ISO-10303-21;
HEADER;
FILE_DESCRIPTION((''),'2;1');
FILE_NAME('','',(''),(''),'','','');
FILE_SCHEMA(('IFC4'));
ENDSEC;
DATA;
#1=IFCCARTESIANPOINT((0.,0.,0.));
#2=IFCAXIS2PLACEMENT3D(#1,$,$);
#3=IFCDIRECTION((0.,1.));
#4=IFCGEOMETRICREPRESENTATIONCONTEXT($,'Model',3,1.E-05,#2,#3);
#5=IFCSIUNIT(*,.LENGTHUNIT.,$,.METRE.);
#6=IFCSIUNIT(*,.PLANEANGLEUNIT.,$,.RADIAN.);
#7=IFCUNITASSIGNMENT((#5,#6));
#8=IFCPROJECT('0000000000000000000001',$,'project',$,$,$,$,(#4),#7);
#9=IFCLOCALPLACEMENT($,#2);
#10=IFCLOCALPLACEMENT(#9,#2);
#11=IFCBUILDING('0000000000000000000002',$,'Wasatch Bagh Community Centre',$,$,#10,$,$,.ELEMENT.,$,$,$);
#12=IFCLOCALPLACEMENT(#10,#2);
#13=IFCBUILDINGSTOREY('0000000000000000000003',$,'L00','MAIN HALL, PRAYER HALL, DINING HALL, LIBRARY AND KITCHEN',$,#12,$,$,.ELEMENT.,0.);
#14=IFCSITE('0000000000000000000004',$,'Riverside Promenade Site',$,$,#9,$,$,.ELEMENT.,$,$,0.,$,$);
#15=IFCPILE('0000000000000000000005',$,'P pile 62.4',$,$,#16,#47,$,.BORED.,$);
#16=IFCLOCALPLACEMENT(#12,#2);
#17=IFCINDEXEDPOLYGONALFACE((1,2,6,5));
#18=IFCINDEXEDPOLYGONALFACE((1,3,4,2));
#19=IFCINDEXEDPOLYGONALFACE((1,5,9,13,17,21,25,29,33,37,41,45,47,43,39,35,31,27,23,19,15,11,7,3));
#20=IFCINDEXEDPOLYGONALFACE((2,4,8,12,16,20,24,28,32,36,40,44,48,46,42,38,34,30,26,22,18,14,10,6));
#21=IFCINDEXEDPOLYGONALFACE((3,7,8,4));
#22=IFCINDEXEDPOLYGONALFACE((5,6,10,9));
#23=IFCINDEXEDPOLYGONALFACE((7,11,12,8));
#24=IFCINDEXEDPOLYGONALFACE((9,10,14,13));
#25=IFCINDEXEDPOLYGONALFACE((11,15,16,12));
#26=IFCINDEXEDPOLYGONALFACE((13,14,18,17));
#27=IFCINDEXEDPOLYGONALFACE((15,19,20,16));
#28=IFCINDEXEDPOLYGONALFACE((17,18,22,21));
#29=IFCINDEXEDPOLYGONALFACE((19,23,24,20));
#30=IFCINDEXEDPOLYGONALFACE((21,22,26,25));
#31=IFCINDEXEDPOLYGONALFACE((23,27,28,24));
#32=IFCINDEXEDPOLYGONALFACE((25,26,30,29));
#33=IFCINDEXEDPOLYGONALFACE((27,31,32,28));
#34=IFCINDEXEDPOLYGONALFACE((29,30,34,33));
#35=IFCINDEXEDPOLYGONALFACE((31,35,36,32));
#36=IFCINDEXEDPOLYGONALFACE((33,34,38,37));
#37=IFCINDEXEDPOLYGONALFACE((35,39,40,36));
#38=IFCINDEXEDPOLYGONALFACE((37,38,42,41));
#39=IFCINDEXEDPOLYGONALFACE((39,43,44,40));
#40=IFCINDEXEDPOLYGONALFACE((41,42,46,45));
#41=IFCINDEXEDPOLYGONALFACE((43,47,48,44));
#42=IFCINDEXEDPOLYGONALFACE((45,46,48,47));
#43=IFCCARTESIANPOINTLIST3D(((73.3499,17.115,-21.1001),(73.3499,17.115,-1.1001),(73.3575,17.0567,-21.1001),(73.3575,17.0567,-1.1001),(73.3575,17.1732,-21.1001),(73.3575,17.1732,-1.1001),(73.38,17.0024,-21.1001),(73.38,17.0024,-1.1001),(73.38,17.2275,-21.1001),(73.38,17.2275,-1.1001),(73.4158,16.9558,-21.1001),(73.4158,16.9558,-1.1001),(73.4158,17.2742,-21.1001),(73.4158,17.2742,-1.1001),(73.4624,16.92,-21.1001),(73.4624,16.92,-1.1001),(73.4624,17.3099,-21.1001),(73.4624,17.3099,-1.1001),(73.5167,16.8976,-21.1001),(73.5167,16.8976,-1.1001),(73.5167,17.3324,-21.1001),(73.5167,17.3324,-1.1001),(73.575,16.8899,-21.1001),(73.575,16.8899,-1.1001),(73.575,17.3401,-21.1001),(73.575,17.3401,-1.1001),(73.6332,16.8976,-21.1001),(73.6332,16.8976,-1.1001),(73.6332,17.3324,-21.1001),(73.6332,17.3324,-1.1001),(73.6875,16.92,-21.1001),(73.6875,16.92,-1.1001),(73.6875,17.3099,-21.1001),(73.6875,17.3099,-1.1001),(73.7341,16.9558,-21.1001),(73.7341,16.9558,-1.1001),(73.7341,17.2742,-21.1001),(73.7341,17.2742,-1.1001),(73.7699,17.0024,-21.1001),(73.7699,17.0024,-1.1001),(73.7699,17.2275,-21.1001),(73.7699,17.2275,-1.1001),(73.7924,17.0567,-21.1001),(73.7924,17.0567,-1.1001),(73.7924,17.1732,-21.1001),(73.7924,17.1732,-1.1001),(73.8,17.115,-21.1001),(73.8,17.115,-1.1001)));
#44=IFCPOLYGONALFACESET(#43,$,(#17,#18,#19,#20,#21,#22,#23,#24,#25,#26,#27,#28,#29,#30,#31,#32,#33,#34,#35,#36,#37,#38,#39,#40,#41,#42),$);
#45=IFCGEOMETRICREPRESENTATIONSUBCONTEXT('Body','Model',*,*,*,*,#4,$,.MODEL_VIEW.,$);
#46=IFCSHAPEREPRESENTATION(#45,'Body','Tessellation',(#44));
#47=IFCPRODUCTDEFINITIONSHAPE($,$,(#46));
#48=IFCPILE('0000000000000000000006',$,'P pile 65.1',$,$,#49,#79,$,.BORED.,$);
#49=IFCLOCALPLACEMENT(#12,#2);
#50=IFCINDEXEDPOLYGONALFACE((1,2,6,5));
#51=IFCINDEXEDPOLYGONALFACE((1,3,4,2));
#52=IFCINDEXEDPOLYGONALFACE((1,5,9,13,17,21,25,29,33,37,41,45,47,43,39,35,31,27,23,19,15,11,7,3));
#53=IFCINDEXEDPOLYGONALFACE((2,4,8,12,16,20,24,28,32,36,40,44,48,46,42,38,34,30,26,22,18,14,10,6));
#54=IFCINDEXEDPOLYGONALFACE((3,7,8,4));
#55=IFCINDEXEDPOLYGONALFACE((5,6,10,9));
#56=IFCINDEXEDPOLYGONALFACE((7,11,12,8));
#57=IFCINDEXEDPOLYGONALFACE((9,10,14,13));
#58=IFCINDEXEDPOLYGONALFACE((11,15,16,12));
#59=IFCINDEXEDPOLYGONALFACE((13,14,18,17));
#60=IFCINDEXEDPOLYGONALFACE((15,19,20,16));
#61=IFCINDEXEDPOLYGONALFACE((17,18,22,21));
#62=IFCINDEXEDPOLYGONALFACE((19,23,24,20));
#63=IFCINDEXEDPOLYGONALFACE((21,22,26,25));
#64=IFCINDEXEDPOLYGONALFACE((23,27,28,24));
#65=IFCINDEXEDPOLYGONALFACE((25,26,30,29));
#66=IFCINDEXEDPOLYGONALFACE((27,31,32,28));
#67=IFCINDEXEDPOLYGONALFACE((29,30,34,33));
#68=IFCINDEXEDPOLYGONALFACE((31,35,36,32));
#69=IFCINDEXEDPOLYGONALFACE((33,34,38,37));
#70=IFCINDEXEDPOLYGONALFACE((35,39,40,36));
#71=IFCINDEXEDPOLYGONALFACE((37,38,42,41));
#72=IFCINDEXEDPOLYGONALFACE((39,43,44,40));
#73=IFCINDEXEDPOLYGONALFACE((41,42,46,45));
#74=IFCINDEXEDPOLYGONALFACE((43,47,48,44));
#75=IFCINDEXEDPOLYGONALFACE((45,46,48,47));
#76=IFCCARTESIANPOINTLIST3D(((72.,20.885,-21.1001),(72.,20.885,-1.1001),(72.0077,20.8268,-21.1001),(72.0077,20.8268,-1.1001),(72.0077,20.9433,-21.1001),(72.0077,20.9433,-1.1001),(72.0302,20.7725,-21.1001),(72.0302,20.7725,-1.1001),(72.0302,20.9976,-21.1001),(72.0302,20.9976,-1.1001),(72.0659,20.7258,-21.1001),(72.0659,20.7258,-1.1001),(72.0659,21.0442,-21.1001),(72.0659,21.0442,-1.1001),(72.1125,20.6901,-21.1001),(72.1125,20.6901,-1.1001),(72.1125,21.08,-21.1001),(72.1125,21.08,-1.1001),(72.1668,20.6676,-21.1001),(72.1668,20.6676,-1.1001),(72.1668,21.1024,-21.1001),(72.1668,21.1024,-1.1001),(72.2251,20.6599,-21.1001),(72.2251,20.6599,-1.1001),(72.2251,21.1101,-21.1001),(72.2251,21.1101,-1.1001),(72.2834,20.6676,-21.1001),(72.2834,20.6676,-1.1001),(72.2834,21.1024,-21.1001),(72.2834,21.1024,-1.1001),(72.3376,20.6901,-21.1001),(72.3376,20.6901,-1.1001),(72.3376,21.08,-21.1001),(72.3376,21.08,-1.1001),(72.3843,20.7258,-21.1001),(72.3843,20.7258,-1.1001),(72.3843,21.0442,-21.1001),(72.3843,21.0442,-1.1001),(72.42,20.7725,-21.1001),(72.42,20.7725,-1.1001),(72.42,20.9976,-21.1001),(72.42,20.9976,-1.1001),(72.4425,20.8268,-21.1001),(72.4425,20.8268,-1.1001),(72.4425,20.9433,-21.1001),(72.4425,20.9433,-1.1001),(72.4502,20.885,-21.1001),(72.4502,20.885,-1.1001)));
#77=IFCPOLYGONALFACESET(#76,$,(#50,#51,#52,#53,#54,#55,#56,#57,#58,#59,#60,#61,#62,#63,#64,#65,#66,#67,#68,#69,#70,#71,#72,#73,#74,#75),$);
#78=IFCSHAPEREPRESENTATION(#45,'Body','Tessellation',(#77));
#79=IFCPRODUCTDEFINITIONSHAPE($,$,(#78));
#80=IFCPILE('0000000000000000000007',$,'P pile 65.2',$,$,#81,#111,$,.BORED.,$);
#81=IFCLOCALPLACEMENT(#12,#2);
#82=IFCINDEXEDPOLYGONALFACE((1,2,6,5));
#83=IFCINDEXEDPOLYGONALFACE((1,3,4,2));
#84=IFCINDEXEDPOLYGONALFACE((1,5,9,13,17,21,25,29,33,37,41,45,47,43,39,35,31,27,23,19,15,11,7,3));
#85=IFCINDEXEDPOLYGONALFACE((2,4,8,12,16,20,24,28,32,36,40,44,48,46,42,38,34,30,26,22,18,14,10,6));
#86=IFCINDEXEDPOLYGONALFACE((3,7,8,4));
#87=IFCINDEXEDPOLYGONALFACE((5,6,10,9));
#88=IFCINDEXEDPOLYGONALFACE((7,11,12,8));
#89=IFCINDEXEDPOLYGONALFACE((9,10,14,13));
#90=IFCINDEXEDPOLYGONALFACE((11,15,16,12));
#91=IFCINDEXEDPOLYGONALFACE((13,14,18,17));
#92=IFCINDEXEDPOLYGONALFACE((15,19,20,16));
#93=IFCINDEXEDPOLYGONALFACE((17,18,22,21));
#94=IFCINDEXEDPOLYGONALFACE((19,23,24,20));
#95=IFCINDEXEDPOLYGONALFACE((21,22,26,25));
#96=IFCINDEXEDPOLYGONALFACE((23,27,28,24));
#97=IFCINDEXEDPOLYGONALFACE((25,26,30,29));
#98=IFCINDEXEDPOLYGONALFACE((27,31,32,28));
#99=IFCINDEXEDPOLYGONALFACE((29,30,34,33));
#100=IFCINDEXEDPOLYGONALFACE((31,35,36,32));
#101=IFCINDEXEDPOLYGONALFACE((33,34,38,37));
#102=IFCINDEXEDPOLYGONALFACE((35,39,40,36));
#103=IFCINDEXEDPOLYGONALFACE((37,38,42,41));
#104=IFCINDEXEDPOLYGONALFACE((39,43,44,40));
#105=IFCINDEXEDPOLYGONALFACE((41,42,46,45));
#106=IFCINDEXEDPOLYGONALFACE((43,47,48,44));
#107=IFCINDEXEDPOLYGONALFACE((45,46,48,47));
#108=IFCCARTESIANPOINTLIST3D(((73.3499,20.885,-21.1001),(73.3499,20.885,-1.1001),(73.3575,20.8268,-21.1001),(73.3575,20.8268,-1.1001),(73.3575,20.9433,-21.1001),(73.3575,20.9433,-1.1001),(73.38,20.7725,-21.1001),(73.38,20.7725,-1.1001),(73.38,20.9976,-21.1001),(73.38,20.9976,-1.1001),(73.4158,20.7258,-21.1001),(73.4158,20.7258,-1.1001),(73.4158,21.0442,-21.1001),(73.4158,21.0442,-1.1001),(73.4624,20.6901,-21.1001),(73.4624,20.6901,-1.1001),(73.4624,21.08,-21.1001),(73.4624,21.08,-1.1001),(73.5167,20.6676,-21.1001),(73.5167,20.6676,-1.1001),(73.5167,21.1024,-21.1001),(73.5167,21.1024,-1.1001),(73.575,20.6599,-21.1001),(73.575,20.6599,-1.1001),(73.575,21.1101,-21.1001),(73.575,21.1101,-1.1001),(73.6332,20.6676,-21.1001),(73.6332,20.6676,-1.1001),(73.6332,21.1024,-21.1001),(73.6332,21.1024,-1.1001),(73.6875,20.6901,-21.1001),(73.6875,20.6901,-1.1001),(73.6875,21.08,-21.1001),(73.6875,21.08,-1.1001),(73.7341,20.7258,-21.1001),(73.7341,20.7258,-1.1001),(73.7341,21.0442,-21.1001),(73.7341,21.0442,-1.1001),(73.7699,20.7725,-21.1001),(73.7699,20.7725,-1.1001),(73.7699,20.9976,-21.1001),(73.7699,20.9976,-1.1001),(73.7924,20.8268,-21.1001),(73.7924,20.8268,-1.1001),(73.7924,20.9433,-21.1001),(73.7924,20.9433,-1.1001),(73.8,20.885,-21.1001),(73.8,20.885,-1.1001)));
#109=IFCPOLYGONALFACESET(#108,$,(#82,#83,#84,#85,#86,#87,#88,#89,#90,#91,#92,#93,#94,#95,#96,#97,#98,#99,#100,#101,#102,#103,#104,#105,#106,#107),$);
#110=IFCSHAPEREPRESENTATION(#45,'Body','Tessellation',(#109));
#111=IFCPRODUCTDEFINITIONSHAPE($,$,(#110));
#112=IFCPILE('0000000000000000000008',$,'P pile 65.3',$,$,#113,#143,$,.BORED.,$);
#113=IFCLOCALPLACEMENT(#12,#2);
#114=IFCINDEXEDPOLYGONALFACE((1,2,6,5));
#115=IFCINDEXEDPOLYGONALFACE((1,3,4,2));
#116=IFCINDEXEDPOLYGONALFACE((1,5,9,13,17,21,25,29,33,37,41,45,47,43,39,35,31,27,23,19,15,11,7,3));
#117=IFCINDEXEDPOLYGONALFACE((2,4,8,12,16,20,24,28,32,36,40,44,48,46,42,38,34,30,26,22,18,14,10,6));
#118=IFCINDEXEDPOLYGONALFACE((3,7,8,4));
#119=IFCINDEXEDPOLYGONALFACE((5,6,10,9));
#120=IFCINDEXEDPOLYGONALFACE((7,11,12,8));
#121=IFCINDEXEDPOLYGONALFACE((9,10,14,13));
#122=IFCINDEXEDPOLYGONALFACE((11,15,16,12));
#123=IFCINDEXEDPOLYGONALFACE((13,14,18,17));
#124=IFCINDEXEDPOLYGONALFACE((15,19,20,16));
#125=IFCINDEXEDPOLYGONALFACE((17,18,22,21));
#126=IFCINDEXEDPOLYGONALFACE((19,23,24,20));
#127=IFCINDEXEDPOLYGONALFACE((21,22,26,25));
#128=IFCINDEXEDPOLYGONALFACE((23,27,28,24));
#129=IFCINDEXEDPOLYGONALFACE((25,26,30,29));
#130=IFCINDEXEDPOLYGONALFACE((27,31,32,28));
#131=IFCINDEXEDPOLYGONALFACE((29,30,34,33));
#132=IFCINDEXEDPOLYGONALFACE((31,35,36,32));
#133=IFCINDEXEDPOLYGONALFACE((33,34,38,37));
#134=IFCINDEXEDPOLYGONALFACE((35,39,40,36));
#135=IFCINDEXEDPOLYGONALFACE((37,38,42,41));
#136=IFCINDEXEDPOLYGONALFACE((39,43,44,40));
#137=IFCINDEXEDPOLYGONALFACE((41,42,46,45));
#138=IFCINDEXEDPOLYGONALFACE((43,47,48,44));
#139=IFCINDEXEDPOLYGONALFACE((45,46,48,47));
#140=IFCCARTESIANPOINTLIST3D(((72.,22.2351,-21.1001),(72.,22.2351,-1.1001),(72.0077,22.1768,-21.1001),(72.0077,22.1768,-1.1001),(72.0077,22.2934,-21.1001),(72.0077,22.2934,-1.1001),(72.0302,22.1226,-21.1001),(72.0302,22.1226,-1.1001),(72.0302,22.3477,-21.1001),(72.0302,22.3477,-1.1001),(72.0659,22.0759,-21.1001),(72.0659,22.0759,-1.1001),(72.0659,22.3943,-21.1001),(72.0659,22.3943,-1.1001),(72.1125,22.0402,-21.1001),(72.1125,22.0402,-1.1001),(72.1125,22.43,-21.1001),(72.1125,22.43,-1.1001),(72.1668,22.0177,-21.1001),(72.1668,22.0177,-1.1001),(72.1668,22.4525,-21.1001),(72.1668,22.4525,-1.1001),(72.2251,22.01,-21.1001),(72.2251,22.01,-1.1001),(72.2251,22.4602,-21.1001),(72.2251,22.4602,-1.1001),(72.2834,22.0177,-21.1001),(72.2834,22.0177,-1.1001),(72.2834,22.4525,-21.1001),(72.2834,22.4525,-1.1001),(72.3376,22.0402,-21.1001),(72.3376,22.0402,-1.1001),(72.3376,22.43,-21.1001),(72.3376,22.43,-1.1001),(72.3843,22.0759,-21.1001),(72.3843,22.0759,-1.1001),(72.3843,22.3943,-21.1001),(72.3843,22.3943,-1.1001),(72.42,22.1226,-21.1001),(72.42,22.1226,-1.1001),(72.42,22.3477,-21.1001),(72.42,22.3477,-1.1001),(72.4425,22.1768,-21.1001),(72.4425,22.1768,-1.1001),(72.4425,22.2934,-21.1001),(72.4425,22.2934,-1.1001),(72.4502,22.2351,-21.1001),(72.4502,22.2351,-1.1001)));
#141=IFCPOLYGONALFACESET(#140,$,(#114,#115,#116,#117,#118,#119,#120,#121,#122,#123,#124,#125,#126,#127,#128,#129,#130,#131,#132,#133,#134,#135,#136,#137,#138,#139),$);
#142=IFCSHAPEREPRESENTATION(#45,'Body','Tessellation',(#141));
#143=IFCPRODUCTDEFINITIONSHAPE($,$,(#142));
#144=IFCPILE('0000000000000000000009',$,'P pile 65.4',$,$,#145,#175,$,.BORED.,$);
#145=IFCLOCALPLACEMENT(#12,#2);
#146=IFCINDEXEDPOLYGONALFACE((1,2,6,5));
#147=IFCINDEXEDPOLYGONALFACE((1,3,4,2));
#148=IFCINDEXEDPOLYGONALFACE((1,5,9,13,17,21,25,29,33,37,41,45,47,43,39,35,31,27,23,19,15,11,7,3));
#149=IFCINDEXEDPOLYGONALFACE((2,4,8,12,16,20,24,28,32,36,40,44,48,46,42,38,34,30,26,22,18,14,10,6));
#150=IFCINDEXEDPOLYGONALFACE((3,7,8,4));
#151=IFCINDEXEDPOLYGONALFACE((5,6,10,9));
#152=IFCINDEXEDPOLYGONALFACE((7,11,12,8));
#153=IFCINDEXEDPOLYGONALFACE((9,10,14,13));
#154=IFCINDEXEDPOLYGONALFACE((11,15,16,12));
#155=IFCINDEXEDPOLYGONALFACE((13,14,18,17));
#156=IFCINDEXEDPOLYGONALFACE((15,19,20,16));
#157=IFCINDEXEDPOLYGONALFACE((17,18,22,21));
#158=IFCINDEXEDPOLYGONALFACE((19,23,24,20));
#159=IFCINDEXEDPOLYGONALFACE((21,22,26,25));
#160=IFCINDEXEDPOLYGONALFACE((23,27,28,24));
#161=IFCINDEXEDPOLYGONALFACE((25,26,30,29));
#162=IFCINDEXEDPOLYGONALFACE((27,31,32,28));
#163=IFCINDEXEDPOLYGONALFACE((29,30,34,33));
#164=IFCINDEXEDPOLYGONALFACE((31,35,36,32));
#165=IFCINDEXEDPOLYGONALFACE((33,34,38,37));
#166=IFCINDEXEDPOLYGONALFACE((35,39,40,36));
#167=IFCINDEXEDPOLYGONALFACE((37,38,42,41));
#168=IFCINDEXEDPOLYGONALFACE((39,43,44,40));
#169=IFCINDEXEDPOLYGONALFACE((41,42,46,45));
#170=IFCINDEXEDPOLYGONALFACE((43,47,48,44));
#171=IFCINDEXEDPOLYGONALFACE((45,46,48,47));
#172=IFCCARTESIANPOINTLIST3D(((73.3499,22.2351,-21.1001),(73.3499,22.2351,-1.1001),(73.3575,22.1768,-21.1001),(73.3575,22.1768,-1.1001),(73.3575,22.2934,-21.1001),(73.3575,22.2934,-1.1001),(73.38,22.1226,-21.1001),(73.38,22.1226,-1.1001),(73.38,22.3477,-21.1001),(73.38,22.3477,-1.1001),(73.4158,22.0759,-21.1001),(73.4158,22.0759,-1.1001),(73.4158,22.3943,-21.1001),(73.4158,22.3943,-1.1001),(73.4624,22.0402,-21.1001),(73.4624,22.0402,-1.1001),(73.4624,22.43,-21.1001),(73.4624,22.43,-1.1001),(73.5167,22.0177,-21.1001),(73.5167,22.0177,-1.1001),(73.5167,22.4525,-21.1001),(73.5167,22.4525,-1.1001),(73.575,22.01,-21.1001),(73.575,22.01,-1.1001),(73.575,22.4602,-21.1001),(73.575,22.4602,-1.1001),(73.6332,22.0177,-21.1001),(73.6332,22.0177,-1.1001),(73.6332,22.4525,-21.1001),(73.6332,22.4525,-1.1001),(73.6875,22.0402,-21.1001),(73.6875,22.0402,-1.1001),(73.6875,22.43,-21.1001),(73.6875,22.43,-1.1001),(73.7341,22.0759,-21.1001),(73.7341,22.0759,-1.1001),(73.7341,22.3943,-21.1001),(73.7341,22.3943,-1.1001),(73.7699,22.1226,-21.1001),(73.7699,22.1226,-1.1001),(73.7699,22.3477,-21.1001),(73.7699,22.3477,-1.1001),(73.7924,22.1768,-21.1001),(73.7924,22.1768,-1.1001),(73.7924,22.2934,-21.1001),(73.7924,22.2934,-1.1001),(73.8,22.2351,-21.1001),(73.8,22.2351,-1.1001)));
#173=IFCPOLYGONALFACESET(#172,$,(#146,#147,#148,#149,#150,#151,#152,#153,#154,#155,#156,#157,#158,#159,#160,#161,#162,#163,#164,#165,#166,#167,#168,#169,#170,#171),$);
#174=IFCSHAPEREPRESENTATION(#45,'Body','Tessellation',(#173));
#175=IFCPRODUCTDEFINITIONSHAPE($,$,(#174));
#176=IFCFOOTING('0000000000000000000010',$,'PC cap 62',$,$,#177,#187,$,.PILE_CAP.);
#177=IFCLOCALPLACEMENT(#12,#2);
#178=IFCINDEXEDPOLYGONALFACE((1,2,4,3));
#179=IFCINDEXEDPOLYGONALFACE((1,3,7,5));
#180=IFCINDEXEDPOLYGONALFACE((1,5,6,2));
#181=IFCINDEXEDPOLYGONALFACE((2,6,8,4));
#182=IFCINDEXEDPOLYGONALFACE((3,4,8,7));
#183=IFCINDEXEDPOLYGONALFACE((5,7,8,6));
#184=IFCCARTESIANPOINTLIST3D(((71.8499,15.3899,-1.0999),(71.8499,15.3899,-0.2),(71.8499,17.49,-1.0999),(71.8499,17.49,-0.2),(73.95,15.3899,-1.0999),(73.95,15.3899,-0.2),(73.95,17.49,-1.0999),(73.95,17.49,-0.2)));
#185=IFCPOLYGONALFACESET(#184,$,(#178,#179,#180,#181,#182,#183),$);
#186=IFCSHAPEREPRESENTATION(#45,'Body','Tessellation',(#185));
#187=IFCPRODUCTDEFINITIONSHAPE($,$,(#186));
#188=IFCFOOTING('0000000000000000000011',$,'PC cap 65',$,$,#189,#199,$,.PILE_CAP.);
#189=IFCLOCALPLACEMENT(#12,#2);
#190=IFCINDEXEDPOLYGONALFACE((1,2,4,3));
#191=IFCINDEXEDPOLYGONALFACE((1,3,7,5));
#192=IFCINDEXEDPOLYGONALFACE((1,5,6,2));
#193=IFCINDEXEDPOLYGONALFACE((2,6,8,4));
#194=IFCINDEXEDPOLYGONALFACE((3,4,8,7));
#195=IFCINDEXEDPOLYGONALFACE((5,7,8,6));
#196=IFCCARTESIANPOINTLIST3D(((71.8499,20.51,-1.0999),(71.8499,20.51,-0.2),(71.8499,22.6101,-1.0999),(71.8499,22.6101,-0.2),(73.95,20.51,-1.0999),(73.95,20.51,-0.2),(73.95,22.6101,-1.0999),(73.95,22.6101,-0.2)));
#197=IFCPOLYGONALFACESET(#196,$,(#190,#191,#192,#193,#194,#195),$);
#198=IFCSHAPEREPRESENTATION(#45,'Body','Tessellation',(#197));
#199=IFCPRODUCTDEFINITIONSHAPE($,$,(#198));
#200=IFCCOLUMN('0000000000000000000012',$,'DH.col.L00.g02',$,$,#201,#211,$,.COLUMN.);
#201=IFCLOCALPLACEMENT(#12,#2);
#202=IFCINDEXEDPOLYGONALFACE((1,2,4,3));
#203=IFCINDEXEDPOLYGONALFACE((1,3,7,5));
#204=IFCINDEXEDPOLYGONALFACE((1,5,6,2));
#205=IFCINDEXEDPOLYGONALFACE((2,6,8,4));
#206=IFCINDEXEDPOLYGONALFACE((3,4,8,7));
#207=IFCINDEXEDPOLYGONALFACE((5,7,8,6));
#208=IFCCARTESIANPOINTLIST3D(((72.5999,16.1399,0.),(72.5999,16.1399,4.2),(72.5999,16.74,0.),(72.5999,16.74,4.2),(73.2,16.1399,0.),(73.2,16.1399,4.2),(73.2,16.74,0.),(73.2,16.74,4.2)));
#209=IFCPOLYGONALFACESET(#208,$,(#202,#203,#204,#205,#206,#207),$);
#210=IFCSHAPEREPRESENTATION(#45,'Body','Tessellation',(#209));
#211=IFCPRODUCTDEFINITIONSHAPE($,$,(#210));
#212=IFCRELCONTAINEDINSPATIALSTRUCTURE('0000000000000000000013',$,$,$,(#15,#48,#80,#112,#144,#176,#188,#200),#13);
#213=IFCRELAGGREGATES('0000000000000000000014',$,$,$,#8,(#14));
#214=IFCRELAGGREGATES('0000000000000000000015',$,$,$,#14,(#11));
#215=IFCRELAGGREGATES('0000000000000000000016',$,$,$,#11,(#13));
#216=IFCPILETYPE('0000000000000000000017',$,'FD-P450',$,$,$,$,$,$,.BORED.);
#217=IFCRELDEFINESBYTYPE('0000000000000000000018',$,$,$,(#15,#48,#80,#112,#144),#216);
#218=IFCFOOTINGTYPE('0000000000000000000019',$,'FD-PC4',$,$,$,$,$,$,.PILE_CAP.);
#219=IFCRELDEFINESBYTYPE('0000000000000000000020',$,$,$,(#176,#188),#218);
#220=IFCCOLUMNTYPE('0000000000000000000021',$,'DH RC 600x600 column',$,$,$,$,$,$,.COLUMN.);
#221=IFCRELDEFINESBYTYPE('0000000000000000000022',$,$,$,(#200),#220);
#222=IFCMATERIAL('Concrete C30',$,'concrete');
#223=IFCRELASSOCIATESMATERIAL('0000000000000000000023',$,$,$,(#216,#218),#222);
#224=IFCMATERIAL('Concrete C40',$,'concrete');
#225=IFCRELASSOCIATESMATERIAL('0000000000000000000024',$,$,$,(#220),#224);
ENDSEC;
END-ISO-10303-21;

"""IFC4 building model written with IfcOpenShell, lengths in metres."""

from ifc_helpers import new_model, si_unit, direction, frame, origin, origin_2d, place, context, subcontext, project, spatial, rectangle, circle, extrude, material, material_profile, profile_set, type_object, element, save


model = new_model("IFC4")

# Units and contexts
model_context = context("Model", 3, precision=1e-05, world=origin(), true_north=direction((0.0, 1.0)))
body_context = subcontext(model_context, "Body", "Model", "MODEL_VIEW")
ifc_project = project(units=[si_unit("LENGTHUNIT", "METRE"), si_unit("PLANEANGLEUNIT", "RADIAN")], contexts=[model_context])

# Site, building, storey
site_placement = place(None, origin())
site = spatial("IfcSite", under=ifc_project, at=site_placement, Name="Riverside Promenade Site", CompositionType="ELEMENT", RefElevation=0.0)
building_placement = place(site_placement, origin())
building = spatial("IfcBuilding", under=site, at=building_placement, Name="Wasatch Bagh Community Centre", CompositionType="ELEMENT")
storey_placement = place(building_placement, origin())
storey = spatial("IfcBuildingStorey", under=building, at=storey_placement, Name="L00", Description="MAIN HALL, PRAYER HALL, DINING HALL, LIBRARY AND KITCHEN", CompositionType="ELEMENT", Elevation=0.0)

# Piles
ifc_material_1 = material(Name="Concrete C30", Category="concrete")
ifc_material_profile_1 = material_profile(ifc_material_1, circle(Radius=0.2251, at=origin_2d()), Name="RC D450")
ifc_profile_set_1 = profile_set([ifc_material_profile_1], Name="Concrete C30")
pile_type = type_object("IfcPileType", Name="FD-P450", PredefinedType="BORED", material=ifc_profile_set_1)
for number, where, z_axis, x_axis, name in (
    (1, (73.575, 17.115, -1.1001), (0.0, 0.0, -1.0), (1.0, 0.0, 0.0), "P pile 62.4"),
    (2, (72.2251, 20.885, -1.1001), (0.0, 0.0, -1.0), (1.0, 0.0, 0.0), "P pile 65.1"),
    (3, (73.575, 20.885, -1.1001), (0.0, 0.0, -1.0), (1.0, 0.0, 0.0), "P pile 65.2"),
    (4, (72.2251, 22.2351, -1.1001), (0.0, 0.0, -1.0), (1.0, 0.0, 0.0), "P pile 65.3"),
    (5, (73.575, 22.2351, -1.1001), (0.0, 0.0, -1.0), (1.0, 0.0, 0.0), "P pile 65.4"),
):
    element("IfcPile", number, at=place(storey_placement, frame(where, z_axis=z_axis, x_axis=x_axis)), inside=storey, type_object=pile_type, Name=name, PredefinedType="BORED", context=body_context, shape_type="SweptSolid", body=[
        extrude(circle(Radius=0.2251, at=origin_2d()), origin(), (0.0, 0.0, 1.0), 20.0),
    ])

# Footings
footing_type_1 = type_object("IfcFootingType", Name="FD-PC4", PredefinedType="PILE_CAP", material=ifc_material_1)
for number, where, z_axis, x_axis, name in (
    (6, (72.8999, 16.4399, -1.0999), (0.0, 0.0, 1.0), (1.0, 0.0, 0.0), "PC cap 62"),
    (7, (72.8999, 21.5601, -1.0999), (0.0, 0.0, 1.0), (1.0, 0.0, 0.0), "PC cap 65"),
):
    element("IfcFooting", number, at=place(storey_placement, frame(where, z_axis=z_axis, x_axis=x_axis)), inside=storey, type_object=footing_type_1, Name=name, PredefinedType="PILE_CAP", context=body_context, shape_type="SweptSolid", body=[
        extrude(rectangle(XDim=2.1001, YDim=2.1001, at=origin_2d()), origin(), (0.0, 0.0, 1.0), 0.8999),
    ])

# Column
ifc_material_2 = material(Name="Concrete C40", Category="concrete")
ifc_material_profile_2 = material_profile(ifc_material_2, rectangle(XDim=0.6001, YDim=0.6001, at=origin_2d()), Name="RC 600x600")
ifc_profile_set_2 = profile_set([ifc_material_profile_2], Name="Concrete C40")
column_type = type_object("IfcColumnType", Name="DH RC 600x600 column", PredefinedType="COLUMN", material=ifc_profile_set_2)
for number, where, z_axis, x_axis, name in (
    (8, (72.8999, 16.4399, 0.0), (0.0, 0.0, 1.0), (1.0, 0.0, 0.0), "DH.col.L00.g02"),
):
    element("IfcColumn", number, at=place(storey_placement, frame(where, z_axis=z_axis, x_axis=x_axis)), inside=storey, type_object=column_type, Name=name, PredefinedType="COLUMN", context=body_context, shape_type="SweptSolid", body=[
        extrude(rectangle(XDim=0.6001, YDim=0.6001, at=origin_2d()), origin(), (0.0, 0.0, 1.0), 4.2),
    ])

save(model, "model.ifc")
